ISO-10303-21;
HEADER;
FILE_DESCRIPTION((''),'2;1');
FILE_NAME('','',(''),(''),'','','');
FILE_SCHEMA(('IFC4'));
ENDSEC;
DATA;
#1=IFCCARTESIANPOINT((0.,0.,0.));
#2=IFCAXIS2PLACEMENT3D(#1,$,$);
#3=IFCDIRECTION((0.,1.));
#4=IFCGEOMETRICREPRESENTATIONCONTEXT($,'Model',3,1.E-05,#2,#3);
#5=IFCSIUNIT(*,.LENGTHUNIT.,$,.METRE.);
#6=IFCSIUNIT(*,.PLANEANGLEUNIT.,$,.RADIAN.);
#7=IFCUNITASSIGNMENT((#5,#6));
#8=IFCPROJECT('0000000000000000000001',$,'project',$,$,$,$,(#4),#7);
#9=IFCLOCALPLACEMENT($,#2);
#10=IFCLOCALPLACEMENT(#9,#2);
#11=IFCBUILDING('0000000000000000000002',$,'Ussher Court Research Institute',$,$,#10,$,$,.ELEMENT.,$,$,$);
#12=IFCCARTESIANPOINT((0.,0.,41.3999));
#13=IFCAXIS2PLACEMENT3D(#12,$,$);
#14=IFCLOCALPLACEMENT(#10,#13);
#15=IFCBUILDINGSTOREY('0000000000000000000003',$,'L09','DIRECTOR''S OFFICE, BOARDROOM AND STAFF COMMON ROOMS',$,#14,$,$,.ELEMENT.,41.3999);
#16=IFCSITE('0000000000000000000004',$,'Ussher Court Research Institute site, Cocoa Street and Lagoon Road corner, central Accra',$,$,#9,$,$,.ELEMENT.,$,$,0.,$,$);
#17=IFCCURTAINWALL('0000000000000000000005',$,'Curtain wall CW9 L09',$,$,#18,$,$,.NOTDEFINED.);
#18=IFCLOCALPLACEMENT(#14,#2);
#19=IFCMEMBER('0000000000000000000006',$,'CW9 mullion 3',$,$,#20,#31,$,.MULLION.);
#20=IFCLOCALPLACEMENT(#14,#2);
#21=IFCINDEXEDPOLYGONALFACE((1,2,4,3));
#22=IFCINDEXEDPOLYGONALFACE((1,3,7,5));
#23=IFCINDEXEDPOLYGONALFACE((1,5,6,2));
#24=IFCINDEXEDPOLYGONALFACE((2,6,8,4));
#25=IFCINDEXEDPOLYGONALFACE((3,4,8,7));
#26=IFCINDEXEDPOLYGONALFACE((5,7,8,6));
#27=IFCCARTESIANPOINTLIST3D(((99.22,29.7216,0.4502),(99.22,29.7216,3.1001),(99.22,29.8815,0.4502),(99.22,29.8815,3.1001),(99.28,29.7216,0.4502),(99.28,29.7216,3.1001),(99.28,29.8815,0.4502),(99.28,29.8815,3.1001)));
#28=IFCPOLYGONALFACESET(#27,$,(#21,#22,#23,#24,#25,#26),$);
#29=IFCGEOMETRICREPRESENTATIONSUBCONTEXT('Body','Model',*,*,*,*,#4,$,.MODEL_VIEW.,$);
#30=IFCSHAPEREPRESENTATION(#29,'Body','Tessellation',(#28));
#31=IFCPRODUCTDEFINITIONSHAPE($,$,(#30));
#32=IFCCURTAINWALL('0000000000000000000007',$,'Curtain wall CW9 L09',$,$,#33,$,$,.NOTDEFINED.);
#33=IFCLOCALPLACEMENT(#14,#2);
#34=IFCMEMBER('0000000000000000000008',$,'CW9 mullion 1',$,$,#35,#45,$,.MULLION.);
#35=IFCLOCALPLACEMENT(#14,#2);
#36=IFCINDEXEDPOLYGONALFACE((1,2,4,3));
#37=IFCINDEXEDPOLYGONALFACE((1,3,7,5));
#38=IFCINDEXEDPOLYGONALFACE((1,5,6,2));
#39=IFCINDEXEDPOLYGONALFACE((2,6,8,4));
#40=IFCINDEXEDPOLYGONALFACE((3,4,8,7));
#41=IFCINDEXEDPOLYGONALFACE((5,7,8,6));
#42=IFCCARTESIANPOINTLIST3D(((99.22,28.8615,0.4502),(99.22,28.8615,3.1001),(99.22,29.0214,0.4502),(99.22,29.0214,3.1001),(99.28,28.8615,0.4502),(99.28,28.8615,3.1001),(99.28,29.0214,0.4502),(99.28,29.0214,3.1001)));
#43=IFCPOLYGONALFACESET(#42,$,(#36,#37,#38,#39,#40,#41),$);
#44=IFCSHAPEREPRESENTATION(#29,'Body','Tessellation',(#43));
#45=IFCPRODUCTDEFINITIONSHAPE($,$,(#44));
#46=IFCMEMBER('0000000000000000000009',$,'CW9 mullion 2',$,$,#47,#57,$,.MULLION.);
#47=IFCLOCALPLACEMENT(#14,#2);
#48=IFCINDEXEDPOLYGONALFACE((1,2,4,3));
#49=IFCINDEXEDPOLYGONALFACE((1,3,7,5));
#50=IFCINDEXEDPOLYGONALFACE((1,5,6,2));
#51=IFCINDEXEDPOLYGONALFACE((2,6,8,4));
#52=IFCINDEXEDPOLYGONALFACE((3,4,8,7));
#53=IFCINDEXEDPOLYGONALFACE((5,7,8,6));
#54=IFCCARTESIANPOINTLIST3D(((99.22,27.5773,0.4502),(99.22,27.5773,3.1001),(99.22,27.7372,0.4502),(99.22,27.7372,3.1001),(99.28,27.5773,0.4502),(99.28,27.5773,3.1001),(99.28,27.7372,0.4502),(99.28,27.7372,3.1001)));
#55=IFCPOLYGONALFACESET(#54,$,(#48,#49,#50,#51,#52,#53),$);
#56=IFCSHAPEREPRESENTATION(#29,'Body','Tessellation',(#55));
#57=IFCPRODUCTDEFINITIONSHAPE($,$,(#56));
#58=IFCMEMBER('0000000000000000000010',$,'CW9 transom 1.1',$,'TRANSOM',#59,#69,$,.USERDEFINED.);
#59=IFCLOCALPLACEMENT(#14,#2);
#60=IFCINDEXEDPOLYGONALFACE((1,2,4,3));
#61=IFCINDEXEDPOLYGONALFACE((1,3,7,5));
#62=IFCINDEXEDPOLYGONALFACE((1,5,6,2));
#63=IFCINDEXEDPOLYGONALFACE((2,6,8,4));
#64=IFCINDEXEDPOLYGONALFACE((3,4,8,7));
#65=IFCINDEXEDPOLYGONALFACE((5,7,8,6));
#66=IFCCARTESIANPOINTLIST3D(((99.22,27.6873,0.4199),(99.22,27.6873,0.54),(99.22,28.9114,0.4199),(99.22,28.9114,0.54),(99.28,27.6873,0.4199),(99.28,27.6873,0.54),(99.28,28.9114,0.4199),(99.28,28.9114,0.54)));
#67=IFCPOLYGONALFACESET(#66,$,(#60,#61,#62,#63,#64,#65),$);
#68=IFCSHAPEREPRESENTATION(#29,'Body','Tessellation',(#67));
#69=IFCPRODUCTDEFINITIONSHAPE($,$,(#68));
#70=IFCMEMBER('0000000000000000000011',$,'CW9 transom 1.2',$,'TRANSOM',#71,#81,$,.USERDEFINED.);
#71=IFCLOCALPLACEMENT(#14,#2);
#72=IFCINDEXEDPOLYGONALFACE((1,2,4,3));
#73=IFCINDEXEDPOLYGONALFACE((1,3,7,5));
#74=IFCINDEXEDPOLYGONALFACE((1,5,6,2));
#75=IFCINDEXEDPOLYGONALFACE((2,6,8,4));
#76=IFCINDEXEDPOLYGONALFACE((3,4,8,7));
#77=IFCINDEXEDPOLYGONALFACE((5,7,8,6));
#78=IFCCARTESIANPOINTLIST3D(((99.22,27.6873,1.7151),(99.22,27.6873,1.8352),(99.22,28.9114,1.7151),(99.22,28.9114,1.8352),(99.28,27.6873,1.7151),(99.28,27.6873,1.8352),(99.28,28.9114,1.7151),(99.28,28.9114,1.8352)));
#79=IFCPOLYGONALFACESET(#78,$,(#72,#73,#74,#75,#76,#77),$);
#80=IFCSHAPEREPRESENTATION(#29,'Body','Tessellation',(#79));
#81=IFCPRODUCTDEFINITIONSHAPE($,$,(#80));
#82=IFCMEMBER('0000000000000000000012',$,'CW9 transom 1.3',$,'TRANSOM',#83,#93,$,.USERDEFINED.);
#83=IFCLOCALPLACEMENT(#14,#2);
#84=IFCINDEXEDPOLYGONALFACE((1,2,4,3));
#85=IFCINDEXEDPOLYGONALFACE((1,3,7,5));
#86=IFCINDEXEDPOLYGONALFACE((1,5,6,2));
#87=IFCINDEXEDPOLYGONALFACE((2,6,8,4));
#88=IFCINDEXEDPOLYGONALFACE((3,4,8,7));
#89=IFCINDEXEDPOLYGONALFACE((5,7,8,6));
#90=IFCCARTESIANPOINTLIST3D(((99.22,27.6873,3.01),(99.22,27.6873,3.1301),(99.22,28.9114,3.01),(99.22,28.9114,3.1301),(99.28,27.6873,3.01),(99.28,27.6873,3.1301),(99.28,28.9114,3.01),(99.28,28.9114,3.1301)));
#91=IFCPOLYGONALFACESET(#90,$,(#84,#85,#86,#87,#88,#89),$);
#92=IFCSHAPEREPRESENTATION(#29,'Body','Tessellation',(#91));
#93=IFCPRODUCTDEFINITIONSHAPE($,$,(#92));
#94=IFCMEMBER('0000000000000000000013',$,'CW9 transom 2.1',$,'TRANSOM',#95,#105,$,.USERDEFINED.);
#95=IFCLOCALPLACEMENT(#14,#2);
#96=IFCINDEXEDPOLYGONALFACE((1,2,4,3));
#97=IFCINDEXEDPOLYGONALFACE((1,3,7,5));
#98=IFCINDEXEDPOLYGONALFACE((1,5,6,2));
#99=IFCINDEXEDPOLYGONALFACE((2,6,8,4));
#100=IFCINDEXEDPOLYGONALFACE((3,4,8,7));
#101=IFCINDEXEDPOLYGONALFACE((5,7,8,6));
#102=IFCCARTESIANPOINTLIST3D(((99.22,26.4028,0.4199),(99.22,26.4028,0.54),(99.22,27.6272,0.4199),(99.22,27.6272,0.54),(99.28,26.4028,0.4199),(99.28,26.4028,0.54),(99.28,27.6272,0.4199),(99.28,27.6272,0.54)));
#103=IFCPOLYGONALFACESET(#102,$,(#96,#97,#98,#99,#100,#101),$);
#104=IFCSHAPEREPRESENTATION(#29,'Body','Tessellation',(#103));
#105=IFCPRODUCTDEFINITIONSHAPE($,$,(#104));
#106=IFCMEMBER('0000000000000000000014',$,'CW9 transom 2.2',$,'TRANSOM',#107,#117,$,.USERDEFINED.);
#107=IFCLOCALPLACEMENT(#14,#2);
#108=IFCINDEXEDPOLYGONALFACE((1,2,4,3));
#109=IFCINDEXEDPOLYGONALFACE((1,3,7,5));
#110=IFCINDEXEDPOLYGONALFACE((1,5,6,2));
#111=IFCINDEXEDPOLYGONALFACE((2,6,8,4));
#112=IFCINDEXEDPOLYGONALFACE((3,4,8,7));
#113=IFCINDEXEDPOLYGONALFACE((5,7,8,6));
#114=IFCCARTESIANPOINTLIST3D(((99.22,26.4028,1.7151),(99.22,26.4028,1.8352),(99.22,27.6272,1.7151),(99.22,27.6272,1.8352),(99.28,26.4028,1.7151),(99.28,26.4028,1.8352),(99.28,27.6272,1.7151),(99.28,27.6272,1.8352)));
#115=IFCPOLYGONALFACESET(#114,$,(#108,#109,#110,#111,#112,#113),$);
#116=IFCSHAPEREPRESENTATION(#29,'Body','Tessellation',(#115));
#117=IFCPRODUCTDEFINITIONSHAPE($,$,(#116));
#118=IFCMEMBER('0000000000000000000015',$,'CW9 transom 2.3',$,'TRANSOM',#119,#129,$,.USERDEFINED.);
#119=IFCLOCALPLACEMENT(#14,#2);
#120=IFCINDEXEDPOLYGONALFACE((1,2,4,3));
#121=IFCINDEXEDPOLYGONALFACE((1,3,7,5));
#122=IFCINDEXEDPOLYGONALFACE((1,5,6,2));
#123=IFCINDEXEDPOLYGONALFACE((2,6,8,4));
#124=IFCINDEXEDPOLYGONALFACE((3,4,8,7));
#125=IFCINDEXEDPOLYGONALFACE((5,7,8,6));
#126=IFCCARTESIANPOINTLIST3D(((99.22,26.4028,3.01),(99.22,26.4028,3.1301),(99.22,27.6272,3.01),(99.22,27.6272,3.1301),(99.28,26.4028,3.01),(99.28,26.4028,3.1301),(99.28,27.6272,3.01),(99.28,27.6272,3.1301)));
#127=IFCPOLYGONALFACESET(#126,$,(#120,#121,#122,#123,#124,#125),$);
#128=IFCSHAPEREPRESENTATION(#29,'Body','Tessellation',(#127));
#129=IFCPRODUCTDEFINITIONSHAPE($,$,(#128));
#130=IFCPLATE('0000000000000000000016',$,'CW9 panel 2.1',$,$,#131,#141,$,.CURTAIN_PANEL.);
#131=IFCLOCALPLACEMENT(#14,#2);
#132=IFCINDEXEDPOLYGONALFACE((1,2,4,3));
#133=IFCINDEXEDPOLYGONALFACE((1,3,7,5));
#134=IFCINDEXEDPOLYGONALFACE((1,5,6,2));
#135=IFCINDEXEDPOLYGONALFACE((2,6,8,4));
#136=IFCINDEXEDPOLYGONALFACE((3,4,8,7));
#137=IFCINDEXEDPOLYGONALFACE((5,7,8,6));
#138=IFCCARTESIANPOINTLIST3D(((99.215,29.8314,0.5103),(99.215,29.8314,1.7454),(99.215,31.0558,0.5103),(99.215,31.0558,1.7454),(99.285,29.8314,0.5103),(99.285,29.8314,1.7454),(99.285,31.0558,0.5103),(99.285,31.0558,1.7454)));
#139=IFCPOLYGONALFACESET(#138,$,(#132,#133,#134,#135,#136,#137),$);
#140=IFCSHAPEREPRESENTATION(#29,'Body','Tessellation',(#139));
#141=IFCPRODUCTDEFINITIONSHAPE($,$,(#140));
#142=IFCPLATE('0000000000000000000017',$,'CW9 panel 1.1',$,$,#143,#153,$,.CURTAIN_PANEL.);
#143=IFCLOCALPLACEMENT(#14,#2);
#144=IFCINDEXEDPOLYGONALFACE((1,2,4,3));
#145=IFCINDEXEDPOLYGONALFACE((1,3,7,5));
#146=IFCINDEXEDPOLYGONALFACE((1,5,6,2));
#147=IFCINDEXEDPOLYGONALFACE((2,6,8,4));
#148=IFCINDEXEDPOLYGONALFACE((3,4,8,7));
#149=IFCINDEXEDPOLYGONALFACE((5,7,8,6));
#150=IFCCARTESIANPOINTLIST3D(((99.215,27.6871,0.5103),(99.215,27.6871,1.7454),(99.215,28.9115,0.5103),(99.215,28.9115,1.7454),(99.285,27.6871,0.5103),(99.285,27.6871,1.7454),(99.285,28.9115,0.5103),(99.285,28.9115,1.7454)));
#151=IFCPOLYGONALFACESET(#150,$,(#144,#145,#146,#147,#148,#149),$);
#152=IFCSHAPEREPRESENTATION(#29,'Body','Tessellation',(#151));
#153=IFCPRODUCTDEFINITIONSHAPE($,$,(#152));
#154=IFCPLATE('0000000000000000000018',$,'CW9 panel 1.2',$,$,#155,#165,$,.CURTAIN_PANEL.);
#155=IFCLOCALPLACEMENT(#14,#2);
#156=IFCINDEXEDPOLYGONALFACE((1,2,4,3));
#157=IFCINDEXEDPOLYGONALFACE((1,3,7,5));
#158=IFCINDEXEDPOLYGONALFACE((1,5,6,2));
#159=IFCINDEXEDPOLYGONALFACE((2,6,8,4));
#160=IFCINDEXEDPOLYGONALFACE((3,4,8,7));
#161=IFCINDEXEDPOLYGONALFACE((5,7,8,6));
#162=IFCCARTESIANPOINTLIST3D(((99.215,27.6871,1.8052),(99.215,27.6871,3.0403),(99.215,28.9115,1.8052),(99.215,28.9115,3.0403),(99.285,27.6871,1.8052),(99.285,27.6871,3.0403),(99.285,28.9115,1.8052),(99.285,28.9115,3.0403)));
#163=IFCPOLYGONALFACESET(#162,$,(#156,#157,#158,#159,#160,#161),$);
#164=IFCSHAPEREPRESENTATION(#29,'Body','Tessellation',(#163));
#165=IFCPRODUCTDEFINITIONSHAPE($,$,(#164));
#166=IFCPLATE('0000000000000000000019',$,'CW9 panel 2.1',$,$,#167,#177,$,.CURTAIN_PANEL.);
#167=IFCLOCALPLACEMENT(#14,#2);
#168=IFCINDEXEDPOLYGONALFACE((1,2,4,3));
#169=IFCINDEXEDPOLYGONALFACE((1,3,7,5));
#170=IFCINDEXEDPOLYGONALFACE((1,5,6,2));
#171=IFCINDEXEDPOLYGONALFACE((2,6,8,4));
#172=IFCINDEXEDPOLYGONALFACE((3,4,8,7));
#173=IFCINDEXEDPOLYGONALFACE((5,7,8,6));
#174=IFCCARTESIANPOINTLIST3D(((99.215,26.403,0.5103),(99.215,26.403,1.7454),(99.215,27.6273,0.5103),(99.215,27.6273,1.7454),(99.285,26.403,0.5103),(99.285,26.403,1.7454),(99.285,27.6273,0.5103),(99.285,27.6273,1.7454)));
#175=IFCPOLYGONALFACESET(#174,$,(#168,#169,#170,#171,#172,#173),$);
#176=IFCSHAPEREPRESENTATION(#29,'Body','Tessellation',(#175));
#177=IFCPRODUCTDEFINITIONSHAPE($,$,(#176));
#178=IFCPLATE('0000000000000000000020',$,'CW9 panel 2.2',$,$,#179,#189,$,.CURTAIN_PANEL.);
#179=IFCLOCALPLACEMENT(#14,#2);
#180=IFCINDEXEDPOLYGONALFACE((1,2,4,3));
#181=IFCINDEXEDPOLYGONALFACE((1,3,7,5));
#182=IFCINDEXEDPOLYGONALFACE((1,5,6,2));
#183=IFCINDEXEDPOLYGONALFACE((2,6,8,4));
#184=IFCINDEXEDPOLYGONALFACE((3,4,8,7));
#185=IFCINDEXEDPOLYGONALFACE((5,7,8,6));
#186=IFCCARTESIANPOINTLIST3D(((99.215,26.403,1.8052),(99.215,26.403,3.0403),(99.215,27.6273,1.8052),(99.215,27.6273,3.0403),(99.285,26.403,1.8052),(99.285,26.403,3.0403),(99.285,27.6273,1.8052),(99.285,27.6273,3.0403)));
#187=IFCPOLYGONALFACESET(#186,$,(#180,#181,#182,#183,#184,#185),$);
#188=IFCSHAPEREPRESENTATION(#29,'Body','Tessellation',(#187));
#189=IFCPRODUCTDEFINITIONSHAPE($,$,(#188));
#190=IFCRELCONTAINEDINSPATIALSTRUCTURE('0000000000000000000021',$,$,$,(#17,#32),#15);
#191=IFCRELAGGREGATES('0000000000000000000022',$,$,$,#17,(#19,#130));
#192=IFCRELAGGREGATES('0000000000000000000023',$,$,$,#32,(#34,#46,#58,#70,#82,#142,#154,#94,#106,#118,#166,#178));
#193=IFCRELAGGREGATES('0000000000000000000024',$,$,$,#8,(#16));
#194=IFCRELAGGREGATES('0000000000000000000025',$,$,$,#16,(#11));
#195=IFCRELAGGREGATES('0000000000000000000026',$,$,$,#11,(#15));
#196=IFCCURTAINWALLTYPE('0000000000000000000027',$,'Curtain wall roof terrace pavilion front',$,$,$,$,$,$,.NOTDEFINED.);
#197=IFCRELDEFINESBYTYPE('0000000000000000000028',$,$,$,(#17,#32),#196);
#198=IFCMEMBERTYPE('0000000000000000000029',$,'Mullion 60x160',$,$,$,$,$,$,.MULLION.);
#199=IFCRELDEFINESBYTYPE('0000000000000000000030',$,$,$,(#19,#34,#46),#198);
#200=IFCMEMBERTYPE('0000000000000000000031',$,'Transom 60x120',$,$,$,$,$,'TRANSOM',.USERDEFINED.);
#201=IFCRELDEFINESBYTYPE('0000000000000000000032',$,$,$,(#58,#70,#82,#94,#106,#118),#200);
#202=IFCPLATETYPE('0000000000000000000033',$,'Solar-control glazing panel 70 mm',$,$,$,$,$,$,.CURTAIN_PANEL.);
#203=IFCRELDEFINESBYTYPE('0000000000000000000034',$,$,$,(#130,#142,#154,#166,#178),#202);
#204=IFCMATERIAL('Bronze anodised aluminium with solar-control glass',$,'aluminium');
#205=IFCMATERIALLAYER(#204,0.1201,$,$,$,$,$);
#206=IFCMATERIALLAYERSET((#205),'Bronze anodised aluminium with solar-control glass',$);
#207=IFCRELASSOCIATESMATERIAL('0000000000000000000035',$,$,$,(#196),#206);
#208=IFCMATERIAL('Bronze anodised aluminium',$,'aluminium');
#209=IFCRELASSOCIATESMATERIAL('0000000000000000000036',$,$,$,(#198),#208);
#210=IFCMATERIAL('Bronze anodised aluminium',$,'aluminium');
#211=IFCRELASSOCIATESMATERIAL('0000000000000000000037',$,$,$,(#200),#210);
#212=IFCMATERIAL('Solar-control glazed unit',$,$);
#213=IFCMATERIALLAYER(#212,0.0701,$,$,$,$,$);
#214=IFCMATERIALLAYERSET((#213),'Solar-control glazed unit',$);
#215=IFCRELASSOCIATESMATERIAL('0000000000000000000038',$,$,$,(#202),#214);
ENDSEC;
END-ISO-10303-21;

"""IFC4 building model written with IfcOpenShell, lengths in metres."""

from ifc_helpers import new_model, si_unit, direction, frame, origin, origin_2d, place, context, subcontext, project, spatial, rectangle, extrude, material, layer, layer_set, material_profile, profile_set, type_object, element, aggregate, save


model = new_model("IFC4")

# Units and contexts
model_context = context("Model", 3, precision=1e-05, world=origin(), true_north=direction((0.0, 1.0)))
body_context = subcontext(model_context, "Body", "Model", "MODEL_VIEW")
ifc_project = project(units=[si_unit("LENGTHUNIT", "METRE"), si_unit("PLANEANGLEUNIT", "RADIAN")], contexts=[model_context])

# Site, building, storey
site_placement = place(None, origin())
site = spatial("IfcSite", under=ifc_project, at=site_placement, Name="Ussher Court Research Institute site, Cocoa Street and Lagoon Road corner, central Accra", CompositionType="ELEMENT", RefElevation=0.0)
building_placement = place(site_placement, origin())
building = spatial("IfcBuilding", under=site, at=building_placement, Name="Ussher Court Research Institute", CompositionType="ELEMENT")
storey_placement = place(building_placement, frame((0.0, 0.0, 41.3999)))
storey = spatial("IfcBuildingStorey", under=building, at=storey_placement, Name="L09", Description="DIRECTOR'S OFFICE, BOARDROOM AND STAFF COMMON ROOMS", CompositionType="ELEMENT", Elevation=41.3999)

# Curtain wall, member
ifc_material_1 = material(Name="Bronze anodised aluminium with solar-control glass", Category="aluminium")
ifc_layer_1 = layer(ifc_material_1, 0.1201)
ifc_layer_set_1 = layer_set([ifc_layer_1], Name="Bronze anodised aluminium with solar-control glass")
curtain_wall_type = type_object("IfcCurtainWallType", Name="Curtain wall roof terrace pavilion front", PredefinedType="NOTDEFINED", material=ifc_layer_set_1)
curtain_wall_1_placement = place(storey_placement, origin())
curtain_wall_1 = element("IfcCurtainWall", 1, at=curtain_wall_1_placement, inside=storey, type_object=curtain_wall_type, Name="Curtain wall CW9 L09", PredefinedType="NOTDEFINED")
ifc_material_2 = material(Name="Bronze anodised aluminium", Category="aluminium")
ifc_material_profile_1 = material_profile(ifc_material_2, rectangle(XDim=0.0601, YDim=0.1599, at=origin_2d()), Name="Mullion 60x160")
ifc_profile_set_1 = profile_set([ifc_material_profile_1], Name="Bronze anodised aluminium")
member_type_1 = type_object("IfcMemberType", Name="Mullion 60x160", PredefinedType="MULLION", material=ifc_profile_set_1)
member_1_placement = place(storey_placement, frame((99.25, 29.8015, 0.4502), z_axis=(0.0, 0.0, 1.0), x_axis=(1.0, 0.0, 0.0)))
member_1 = element("IfcMember", 2, at=member_1_placement, type_object=member_type_1, Name="CW9 mullion 3", PredefinedType="MULLION", context=body_context, shape_type="SweptSolid", body=[
    extrude(rectangle(XDim=0.0601, YDim=0.1599, at=origin_2d()), origin(), (0.0, 0.0, 1.0), 2.6499),
])

# Curtain wall, members
curtain_wall_2_placement = place(storey_placement, origin())
curtain_wall_2 = element("IfcCurtainWall", 3, at=curtain_wall_2_placement, inside=storey, type_object=curtain_wall_type, Name="Curtain wall CW9 L09", PredefinedType="NOTDEFINED")
member_2_placement = place(storey_placement, frame((99.25, 28.9414, 0.4502), z_axis=(0.0, 0.0, 1.0), x_axis=(1.0, 0.0, 0.0)))
member_2 = element("IfcMember", 4, at=member_2_placement, type_object=member_type_1, Name="CW9 mullion 1", PredefinedType="MULLION", context=body_context, shape_type="SweptSolid", body=[
    extrude(rectangle(XDim=0.0601, YDim=0.1599, at=origin_2d()), origin(), (0.0, 0.0, 1.0), 2.6499),
])
member_3_placement = place(storey_placement, frame((99.25, 27.6572, 0.4502), z_axis=(0.0, 0.0, 1.0), x_axis=(1.0, 0.0, 0.0)))
member_3 = element("IfcMember", 5, at=member_3_placement, type_object=member_type_1, Name="CW9 mullion 2", PredefinedType="MULLION", context=body_context, shape_type="SweptSolid", body=[
    extrude(rectangle(XDim=0.0601, YDim=0.1599, at=origin_2d()), origin(), (0.0, 0.0, 1.0), 2.6499),
])
ifc_material_3 = material(Name="Bronze anodised aluminium", Category="aluminium")
ifc_material_profile_2 = material_profile(ifc_material_3, rectangle(XDim=0.0601, YDim=0.1201, at=origin_2d()), Name="Transom 60x120")
ifc_profile_set_2 = profile_set([ifc_material_profile_2], Name="Bronze anodised aluminium")
member_type_2 = type_object("IfcMemberType", Name="Transom 60x120", ElementType="TRANSOM", PredefinedType="USERDEFINED", material=ifc_profile_set_2)
member_4_placement = place(storey_placement, frame((99.25, 28.9114, 0.48), z_axis=(0.0, -1.0, 0.0), x_axis=(1.0, 0.0, 0.0)))
member_4 = element("IfcMember", 6, at=member_4_placement, type_object=member_type_2, Name="CW9 transom 1.1", ObjectType="TRANSOM", PredefinedType="USERDEFINED", context=body_context, shape_type="SweptSolid", body=[
    extrude(rectangle(XDim=0.0601, YDim=0.1201, at=origin_2d()), origin(), (0.0, 0.0, 1.0), 1.2241),
])
member_5_placement = place(storey_placement, frame((99.25, 28.9114, 1.7751), z_axis=(0.0, -1.0, 0.0), x_axis=(1.0, 0.0, 0.0)))
member_5 = element("IfcMember", 7, at=member_5_placement, type_object=member_type_2, Name="CW9 transom 1.2", ObjectType="TRANSOM", PredefinedType="USERDEFINED", context=body_context, shape_type="SweptSolid", body=[
    extrude(rectangle(XDim=0.0601, YDim=0.1201, at=origin_2d()), origin(), (0.0, 0.0, 1.0), 1.2241),
])
member_6_placement = place(storey_placement, frame((99.25, 28.9114, 3.0701), z_axis=(0.0, -1.0, 0.0), x_axis=(1.0, 0.0, 0.0)))
member_6 = element("IfcMember", 8, at=member_6_placement, type_object=member_type_2, Name="CW9 transom 1.3", ObjectType="TRANSOM", PredefinedType="USERDEFINED", context=body_context, shape_type="SweptSolid", body=[
    extrude(rectangle(XDim=0.0601, YDim=0.1201, at=origin_2d()), origin(), (0.0, 0.0, 1.0), 1.2241),
])
member_7_placement = place(storey_placement, frame((99.25, 27.6272, 0.48), z_axis=(0.0, -1.0, 0.0), x_axis=(1.0, 0.0, 0.0)))
member_7 = element("IfcMember", 9, at=member_7_placement, type_object=member_type_2, Name="CW9 transom 2.1", ObjectType="TRANSOM", PredefinedType="USERDEFINED", context=body_context, shape_type="SweptSolid", body=[
    extrude(rectangle(XDim=0.0601, YDim=0.1201, at=origin_2d()), origin(), (0.0, 0.0, 1.0), 1.2244),
])
member_8_placement = place(storey_placement, frame((99.25, 27.6272, 1.7751), z_axis=(0.0, -1.0, 0.0), x_axis=(1.0, 0.0, 0.0)))
member_8 = element("IfcMember", 10, at=member_8_placement, type_object=member_type_2, Name="CW9 transom 2.2", ObjectType="TRANSOM", PredefinedType="USERDEFINED", context=body_context, shape_type="SweptSolid", body=[
    extrude(rectangle(XDim=0.0601, YDim=0.1201, at=origin_2d()), origin(), (0.0, 0.0, 1.0), 1.2244),
])
member_9_placement = place(storey_placement, frame((99.25, 27.6272, 3.0701), z_axis=(0.0, -1.0, 0.0), x_axis=(1.0, 0.0, 0.0)))
member_9 = element("IfcMember", 11, at=member_9_placement, type_object=member_type_2, Name="CW9 transom 2.3", ObjectType="TRANSOM", PredefinedType="USERDEFINED", context=body_context, shape_type="SweptSolid", body=[
    extrude(rectangle(XDim=0.0601, YDim=0.1201, at=origin_2d()), origin(), (0.0, 0.0, 1.0), 1.2244),
])

# Plates
ifc_material_4 = material(Name="Solar-control glazed unit")
ifc_layer_2 = layer(ifc_material_4, 0.0701)
ifc_layer_set_2 = layer_set([ifc_layer_2], Name="Solar-control glazed unit")
plate_type = type_object("IfcPlateType", Name="Solar-control glazing panel 70 mm", PredefinedType="CURTAIN_PANEL", material=ifc_layer_set_2)
plate_1_placement = place(storey_placement, frame((99.25, 30.4436, 0.5103), z_axis=(0.0, 0.0, 1.0), x_axis=(0.0, -1.0, 0.0)))
plate_1 = element("IfcPlate", 12, at=plate_1_placement, type_object=plate_type, Name="CW9 panel 2.1", PredefinedType="CURTAIN_PANEL", context=body_context, shape_type="SweptSolid", body=[
    extrude(rectangle(XDim=1.2244, YDim=0.0701, at=origin_2d()), origin(), (0.0, 0.0, 1.0), 1.2351),
])
aggregate(curtain_wall_1, [member_1, plate_1])
plate_2_placement = place(storey_placement, frame((99.25, 28.2993, 0.5103), z_axis=(0.0, 0.0, 1.0), x_axis=(0.0, -1.0, 0.0)))
plate_2 = element("IfcPlate", 13, at=plate_2_placement, type_object=plate_type, Name="CW9 panel 1.1", PredefinedType="CURTAIN_PANEL", context=body_context, shape_type="SweptSolid", body=[
    extrude(rectangle(XDim=1.2244, YDim=0.0701, at=origin_2d()), origin(), (0.0, 0.0, 1.0), 1.2351),
])
plate_3_placement = place(storey_placement, frame((99.25, 28.2993, 1.8052), z_axis=(0.0, 0.0, 1.0), x_axis=(0.0, -1.0, 0.0)))
plate_3 = element("IfcPlate", 14, at=plate_3_placement, type_object=plate_type, Name="CW9 panel 1.2", PredefinedType="CURTAIN_PANEL", context=body_context, shape_type="SweptSolid", body=[
    extrude(rectangle(XDim=1.2244, YDim=0.0701, at=origin_2d()), origin(), (0.0, 0.0, 1.0), 1.2351),
])
plate_4_placement = place(storey_placement, frame((99.25, 27.0151, 0.5103), z_axis=(0.0, 0.0, 1.0), x_axis=(0.0, -1.0, 0.0)))
plate_4 = element("IfcPlate", 15, at=plate_4_placement, type_object=plate_type, Name="CW9 panel 2.1", PredefinedType="CURTAIN_PANEL", context=body_context, shape_type="SweptSolid", body=[
    extrude(rectangle(XDim=1.2244, YDim=0.0701, at=origin_2d()), origin(), (0.0, 0.0, 1.0), 1.2351),
])
plate_5_placement = place(storey_placement, frame((99.25, 27.0151, 1.8052), z_axis=(0.0, 0.0, 1.0), x_axis=(0.0, -1.0, 0.0)))
plate_5 = element("IfcPlate", 16, at=plate_5_placement, type_object=plate_type, Name="CW9 panel 2.2", PredefinedType="CURTAIN_PANEL", context=body_context, shape_type="SweptSolid", body=[
    extrude(rectangle(XDim=1.2244, YDim=0.0701, at=origin_2d()), origin(), (0.0, 0.0, 1.0), 1.2351),
])
aggregate(curtain_wall_2, [member_2, member_3, member_4, member_5, member_6, plate_2, plate_3, member_7, member_8, member_9, plate_4, plate_5])

save(model, "model.ifc")
